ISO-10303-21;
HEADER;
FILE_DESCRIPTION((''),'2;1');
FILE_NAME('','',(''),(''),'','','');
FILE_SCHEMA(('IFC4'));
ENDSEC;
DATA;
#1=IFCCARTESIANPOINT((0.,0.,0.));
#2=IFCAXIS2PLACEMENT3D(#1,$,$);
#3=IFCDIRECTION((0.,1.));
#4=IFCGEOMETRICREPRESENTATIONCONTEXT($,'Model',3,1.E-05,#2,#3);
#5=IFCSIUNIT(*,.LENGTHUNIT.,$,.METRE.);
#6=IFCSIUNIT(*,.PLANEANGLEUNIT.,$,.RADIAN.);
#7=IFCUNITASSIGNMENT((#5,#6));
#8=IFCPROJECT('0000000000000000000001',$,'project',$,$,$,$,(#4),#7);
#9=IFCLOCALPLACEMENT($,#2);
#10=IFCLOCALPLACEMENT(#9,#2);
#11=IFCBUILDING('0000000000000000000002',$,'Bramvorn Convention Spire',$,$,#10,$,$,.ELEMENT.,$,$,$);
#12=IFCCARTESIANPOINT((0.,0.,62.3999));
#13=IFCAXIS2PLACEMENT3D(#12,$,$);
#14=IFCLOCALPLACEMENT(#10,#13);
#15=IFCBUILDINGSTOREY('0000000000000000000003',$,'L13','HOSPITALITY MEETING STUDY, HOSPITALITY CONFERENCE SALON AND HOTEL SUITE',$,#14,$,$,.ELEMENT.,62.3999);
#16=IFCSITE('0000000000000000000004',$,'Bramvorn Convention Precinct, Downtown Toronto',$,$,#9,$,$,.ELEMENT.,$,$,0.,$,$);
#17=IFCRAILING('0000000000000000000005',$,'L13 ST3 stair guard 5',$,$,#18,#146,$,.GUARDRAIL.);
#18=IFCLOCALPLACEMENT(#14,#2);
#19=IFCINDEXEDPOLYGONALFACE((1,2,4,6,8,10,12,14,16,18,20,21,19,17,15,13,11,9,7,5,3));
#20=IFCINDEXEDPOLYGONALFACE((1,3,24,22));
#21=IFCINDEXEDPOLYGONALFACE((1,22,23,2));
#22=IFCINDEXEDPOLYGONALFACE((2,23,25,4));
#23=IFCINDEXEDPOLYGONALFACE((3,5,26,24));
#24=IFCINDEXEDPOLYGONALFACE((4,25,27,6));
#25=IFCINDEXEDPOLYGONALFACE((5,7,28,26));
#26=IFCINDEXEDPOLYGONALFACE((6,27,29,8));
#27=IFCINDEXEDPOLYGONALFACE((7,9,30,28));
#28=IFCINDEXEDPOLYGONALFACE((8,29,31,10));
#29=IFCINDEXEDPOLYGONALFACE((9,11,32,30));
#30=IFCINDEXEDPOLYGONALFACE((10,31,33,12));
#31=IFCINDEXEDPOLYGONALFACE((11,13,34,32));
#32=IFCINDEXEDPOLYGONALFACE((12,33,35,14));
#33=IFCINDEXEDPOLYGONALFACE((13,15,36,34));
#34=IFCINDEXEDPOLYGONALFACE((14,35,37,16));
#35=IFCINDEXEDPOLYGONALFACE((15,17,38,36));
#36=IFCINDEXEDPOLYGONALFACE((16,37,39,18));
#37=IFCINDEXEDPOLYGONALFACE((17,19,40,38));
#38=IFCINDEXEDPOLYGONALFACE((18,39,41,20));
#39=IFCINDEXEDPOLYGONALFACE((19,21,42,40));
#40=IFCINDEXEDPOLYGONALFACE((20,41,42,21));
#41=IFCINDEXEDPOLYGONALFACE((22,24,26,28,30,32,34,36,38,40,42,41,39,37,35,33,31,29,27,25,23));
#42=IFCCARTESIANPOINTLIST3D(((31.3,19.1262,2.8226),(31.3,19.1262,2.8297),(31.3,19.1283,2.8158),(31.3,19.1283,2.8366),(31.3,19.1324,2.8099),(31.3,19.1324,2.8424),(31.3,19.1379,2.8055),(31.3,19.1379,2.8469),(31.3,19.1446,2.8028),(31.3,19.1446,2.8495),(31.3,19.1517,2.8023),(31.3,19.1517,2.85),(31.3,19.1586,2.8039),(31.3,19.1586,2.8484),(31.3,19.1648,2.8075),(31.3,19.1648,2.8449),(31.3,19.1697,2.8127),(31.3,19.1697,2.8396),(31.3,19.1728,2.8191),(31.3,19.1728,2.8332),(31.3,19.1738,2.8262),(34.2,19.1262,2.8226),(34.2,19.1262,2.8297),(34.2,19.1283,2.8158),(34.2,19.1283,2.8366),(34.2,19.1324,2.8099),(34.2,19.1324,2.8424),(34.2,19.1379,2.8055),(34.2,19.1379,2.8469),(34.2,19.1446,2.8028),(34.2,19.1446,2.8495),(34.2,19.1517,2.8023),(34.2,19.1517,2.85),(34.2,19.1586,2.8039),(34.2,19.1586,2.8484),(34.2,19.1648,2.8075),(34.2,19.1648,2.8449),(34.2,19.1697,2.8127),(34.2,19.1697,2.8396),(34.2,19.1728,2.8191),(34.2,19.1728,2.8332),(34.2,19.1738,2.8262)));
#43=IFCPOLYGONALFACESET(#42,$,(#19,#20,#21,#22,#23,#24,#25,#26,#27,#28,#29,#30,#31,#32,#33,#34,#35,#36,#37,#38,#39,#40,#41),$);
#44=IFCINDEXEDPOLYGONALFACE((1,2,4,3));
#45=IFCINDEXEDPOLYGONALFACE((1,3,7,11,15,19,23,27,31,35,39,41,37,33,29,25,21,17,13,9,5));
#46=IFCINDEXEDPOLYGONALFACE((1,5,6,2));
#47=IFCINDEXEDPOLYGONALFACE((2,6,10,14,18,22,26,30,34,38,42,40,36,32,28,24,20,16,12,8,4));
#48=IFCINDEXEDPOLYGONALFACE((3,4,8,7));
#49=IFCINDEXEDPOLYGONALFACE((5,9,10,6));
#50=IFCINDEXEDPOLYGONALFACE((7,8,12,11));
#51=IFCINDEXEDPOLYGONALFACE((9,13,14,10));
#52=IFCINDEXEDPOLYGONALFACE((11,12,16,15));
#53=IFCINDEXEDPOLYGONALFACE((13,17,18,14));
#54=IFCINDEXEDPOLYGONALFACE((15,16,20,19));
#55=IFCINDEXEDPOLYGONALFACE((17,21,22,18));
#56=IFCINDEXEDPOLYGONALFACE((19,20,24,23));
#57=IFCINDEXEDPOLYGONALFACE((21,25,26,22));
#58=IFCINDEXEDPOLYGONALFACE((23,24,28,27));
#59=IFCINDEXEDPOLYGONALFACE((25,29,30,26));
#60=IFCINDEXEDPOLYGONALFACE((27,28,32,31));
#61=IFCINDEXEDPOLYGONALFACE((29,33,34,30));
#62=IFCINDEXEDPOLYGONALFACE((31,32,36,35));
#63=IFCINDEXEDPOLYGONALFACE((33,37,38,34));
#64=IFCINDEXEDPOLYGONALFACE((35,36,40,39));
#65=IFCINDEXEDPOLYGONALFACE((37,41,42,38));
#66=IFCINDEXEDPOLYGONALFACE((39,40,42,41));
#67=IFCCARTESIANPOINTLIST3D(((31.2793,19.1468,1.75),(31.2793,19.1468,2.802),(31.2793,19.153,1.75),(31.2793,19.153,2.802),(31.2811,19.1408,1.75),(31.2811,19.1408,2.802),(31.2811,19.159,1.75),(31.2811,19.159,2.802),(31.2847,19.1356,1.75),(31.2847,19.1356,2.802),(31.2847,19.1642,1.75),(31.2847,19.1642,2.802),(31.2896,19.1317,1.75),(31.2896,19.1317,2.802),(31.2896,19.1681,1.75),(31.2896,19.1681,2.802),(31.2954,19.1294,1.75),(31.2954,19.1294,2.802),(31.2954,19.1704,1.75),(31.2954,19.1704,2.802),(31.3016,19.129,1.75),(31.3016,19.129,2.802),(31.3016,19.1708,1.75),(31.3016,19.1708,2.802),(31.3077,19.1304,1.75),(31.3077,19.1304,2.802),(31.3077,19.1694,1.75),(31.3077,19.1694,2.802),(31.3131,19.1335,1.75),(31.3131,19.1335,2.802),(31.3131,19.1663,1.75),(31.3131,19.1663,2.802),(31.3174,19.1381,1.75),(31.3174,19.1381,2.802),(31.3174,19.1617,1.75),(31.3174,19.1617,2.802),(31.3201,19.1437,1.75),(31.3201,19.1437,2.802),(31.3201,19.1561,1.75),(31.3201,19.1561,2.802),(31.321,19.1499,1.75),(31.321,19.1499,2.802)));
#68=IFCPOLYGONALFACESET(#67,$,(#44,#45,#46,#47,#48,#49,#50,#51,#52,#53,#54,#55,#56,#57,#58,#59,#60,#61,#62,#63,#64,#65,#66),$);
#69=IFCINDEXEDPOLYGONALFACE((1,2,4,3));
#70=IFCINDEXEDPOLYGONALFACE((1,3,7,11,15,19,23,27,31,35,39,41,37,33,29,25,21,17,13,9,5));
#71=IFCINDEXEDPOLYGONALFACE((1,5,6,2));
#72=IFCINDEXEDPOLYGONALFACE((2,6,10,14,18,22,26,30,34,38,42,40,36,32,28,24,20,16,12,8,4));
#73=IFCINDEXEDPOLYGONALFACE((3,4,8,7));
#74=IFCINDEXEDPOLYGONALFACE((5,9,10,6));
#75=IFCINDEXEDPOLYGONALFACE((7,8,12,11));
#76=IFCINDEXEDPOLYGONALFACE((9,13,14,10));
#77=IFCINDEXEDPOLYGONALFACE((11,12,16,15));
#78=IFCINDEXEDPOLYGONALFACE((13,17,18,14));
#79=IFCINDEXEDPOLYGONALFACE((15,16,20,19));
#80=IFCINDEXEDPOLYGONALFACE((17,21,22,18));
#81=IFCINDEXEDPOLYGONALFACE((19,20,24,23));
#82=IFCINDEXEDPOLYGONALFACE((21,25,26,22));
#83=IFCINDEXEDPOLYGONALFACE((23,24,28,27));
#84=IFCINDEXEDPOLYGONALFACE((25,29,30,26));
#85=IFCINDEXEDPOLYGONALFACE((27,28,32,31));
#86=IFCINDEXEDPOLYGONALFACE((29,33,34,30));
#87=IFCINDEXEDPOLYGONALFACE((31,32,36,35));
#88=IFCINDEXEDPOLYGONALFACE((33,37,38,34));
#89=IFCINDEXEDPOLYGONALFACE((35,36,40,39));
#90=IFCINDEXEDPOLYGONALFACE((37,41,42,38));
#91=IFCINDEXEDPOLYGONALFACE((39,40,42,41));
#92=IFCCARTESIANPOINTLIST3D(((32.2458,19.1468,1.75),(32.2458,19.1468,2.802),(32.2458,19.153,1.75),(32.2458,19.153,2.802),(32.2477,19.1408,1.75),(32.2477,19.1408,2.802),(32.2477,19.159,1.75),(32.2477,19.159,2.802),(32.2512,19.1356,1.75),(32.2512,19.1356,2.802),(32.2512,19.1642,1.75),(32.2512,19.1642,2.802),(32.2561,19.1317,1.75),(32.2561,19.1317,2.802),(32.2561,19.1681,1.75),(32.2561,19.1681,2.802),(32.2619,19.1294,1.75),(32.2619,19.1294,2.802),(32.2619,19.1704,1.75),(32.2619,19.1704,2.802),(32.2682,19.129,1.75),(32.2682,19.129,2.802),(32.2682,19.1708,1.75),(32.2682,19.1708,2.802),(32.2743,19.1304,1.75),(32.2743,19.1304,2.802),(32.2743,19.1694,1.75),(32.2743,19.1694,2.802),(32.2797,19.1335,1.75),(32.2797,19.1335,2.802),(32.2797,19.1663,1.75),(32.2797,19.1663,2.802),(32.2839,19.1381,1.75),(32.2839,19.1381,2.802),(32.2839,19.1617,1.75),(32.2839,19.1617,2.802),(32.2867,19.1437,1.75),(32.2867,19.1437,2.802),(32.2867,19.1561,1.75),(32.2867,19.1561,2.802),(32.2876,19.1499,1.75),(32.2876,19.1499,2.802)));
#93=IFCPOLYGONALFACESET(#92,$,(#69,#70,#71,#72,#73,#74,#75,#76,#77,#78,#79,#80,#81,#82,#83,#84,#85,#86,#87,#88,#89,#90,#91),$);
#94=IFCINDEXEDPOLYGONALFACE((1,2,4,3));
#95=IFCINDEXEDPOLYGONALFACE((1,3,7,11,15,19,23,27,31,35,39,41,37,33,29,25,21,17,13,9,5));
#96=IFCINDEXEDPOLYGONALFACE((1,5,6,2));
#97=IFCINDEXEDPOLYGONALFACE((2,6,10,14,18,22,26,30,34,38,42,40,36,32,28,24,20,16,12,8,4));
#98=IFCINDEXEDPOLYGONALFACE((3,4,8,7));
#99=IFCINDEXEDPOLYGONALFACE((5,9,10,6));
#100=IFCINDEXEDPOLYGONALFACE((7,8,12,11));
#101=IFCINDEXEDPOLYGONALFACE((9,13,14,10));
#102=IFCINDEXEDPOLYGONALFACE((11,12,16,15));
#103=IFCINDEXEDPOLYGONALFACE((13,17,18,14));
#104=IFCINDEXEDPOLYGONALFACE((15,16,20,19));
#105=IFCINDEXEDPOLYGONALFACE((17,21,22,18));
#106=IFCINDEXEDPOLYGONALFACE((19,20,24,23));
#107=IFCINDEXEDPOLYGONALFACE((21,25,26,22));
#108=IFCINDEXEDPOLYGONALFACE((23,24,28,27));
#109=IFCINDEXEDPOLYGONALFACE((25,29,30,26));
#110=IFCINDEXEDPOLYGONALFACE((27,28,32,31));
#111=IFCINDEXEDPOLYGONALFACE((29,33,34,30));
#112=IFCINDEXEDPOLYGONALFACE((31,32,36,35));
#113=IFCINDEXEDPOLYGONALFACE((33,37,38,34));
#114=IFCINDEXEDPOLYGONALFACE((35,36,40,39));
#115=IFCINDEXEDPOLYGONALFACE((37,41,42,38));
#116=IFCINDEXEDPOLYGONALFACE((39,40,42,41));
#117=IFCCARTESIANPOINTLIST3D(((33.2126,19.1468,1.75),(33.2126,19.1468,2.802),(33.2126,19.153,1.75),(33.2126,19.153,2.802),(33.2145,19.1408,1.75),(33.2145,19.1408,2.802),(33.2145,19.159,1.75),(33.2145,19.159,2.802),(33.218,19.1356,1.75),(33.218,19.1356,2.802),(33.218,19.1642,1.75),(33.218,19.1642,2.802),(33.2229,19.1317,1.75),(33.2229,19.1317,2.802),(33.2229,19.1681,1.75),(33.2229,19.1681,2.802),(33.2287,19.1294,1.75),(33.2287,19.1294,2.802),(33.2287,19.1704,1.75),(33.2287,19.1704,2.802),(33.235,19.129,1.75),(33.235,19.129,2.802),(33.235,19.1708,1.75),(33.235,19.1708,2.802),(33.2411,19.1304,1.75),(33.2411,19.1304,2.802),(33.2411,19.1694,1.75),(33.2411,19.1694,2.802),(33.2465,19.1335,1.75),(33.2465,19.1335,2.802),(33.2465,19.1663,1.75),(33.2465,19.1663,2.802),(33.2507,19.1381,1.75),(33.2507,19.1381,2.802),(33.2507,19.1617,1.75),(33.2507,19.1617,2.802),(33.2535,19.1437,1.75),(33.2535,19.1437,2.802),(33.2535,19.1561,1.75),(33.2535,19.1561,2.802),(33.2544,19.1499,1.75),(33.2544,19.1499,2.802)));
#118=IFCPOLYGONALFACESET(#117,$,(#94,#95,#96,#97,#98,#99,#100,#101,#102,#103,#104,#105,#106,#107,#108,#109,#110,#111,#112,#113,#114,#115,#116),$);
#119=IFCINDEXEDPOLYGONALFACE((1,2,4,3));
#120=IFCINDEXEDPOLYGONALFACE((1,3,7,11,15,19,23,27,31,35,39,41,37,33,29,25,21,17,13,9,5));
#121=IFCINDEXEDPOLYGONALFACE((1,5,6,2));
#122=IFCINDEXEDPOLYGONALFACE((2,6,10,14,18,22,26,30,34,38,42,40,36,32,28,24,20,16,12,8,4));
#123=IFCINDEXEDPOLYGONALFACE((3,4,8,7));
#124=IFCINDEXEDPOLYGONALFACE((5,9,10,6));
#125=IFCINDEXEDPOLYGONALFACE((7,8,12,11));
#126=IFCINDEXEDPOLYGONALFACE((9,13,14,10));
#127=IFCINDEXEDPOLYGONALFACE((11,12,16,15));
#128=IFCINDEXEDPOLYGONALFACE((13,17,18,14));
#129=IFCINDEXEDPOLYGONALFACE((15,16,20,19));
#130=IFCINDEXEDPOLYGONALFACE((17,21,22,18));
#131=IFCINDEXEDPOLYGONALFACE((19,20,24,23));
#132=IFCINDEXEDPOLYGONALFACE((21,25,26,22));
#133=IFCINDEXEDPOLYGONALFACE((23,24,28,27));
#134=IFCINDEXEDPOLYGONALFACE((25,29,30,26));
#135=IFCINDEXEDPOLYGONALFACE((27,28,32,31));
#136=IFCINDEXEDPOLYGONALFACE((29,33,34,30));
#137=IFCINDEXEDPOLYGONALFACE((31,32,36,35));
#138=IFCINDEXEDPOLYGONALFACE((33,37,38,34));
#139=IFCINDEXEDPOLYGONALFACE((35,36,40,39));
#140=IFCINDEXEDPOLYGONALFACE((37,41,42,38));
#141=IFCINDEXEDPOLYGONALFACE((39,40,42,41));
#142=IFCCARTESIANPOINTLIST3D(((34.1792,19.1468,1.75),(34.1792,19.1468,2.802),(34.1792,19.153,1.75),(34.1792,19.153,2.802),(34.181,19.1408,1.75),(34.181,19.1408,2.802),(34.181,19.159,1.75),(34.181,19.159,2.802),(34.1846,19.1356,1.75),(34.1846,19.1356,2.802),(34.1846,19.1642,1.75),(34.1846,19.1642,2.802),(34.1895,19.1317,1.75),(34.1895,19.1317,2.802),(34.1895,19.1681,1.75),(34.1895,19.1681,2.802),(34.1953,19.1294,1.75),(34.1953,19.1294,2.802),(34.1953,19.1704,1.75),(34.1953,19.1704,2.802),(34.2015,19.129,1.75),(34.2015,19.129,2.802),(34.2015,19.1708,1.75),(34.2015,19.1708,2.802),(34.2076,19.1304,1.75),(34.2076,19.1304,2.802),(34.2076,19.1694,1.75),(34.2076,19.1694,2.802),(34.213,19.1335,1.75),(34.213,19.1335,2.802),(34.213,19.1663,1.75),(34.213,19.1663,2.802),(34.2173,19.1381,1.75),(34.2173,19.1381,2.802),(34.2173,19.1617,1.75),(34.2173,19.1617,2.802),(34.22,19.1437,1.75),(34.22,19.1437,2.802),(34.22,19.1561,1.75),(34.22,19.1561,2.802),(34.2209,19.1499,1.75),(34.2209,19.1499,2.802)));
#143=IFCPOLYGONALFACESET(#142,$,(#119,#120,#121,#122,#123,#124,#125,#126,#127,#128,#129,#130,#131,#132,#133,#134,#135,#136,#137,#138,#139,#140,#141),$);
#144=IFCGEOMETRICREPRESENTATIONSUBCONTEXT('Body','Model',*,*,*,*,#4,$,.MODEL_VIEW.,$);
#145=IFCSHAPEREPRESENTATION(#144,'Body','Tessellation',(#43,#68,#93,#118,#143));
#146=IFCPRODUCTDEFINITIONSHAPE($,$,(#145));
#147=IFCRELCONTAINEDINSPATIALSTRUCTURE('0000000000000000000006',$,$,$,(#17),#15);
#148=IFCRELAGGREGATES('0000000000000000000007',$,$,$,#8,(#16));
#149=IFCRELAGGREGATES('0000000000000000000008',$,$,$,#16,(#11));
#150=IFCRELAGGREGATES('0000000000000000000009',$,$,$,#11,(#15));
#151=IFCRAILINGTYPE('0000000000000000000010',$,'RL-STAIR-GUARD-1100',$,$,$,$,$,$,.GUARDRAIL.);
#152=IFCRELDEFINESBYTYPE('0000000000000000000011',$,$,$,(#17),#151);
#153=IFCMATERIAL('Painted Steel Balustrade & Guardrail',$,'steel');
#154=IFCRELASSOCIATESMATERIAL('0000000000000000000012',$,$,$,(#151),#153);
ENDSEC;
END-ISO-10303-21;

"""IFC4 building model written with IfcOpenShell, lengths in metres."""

from ifc_helpers import new_model, si_unit, direction, frame, origin, origin_2d, place, context, subcontext, project, spatial, circle, extrude, material, type_object, element, save


model = new_model("IFC4")

# Units and contexts
model_context = context("Model", 3, precision=1e-05, world=origin(), true_north=direction((0.0, 1.0)))
body_context = subcontext(model_context, "Body", "Model", "MODEL_VIEW")
ifc_project = project(units=[si_unit("LENGTHUNIT", "METRE"), si_unit("PLANEANGLEUNIT", "RADIAN")], contexts=[model_context])

# Site, building, storey
site_placement = place(None, origin())
site = spatial("IfcSite", under=ifc_project, at=site_placement, Name="Bramvorn Convention Precinct, Downtown Toronto", CompositionType="ELEMENT", RefElevation=0.0)
building_placement = place(site_placement, origin())
building = spatial("IfcBuilding", under=site, at=building_placement, Name="Bramvorn Convention Spire", CompositionType="ELEMENT")
storey_placement = place(building_placement, frame((0.0, 0.0, 62.3999)))
storey = spatial("IfcBuildingStorey", under=building, at=storey_placement, Name="L13", Description="HOSPITALITY MEETING STUDY, HOSPITALITY CONFERENCE SALON AND HOTEL SUITE", CompositionType="ELEMENT", Elevation=62.3999)

# Railing
ifc_material_1 = material(Name="Painted Steel Balustrade & Guardrail", Category="steel")
railing_type_1 = type_object("IfcRailingType", Name="RL-STAIR-GUARD-1100", PredefinedType="GUARDRAIL", material=ifc_material_1)
railing_1_placement = place(storey_placement, frame((31.3, 19.1499, 1.75)))
element("IfcRailing", 1, at=railing_1_placement, inside=storey, type_object=railing_type_1, Name="L13 ST3 stair guard 5", PredefinedType="GUARDRAIL", context=body_context, shape_type="SweptSolid", body=[
    extrude(circle(Radius=0.0239, at=origin_2d()), frame((0.0, 0.0, 1.0762), z_axis=(1.0, 0.0, 0.0), x_axis=(0.0, 1.0, 0.0)), (0.0, 0.0, 1.0), 2.8999),
    extrude(circle(Radius=0.021, at=origin_2d()), origin(), (0.0, 0.0, 1.0), 1.052),
    extrude(circle(Radius=0.021, at=origin_2d()), frame((0.9666, 0.0, 0.0)), (0.0, 0.0, 1.0), 1.052),
    extrude(circle(Radius=0.021, at=origin_2d()), frame((1.9333, 0.0, 0.0)), (0.0, 0.0, 1.0), 1.052),
    extrude(circle(Radius=0.021, at=origin_2d()), frame((2.8999, 0.0, 0.0)), (0.0, 0.0, 1.0), 1.052),
])

save(model, "model.ifc")
